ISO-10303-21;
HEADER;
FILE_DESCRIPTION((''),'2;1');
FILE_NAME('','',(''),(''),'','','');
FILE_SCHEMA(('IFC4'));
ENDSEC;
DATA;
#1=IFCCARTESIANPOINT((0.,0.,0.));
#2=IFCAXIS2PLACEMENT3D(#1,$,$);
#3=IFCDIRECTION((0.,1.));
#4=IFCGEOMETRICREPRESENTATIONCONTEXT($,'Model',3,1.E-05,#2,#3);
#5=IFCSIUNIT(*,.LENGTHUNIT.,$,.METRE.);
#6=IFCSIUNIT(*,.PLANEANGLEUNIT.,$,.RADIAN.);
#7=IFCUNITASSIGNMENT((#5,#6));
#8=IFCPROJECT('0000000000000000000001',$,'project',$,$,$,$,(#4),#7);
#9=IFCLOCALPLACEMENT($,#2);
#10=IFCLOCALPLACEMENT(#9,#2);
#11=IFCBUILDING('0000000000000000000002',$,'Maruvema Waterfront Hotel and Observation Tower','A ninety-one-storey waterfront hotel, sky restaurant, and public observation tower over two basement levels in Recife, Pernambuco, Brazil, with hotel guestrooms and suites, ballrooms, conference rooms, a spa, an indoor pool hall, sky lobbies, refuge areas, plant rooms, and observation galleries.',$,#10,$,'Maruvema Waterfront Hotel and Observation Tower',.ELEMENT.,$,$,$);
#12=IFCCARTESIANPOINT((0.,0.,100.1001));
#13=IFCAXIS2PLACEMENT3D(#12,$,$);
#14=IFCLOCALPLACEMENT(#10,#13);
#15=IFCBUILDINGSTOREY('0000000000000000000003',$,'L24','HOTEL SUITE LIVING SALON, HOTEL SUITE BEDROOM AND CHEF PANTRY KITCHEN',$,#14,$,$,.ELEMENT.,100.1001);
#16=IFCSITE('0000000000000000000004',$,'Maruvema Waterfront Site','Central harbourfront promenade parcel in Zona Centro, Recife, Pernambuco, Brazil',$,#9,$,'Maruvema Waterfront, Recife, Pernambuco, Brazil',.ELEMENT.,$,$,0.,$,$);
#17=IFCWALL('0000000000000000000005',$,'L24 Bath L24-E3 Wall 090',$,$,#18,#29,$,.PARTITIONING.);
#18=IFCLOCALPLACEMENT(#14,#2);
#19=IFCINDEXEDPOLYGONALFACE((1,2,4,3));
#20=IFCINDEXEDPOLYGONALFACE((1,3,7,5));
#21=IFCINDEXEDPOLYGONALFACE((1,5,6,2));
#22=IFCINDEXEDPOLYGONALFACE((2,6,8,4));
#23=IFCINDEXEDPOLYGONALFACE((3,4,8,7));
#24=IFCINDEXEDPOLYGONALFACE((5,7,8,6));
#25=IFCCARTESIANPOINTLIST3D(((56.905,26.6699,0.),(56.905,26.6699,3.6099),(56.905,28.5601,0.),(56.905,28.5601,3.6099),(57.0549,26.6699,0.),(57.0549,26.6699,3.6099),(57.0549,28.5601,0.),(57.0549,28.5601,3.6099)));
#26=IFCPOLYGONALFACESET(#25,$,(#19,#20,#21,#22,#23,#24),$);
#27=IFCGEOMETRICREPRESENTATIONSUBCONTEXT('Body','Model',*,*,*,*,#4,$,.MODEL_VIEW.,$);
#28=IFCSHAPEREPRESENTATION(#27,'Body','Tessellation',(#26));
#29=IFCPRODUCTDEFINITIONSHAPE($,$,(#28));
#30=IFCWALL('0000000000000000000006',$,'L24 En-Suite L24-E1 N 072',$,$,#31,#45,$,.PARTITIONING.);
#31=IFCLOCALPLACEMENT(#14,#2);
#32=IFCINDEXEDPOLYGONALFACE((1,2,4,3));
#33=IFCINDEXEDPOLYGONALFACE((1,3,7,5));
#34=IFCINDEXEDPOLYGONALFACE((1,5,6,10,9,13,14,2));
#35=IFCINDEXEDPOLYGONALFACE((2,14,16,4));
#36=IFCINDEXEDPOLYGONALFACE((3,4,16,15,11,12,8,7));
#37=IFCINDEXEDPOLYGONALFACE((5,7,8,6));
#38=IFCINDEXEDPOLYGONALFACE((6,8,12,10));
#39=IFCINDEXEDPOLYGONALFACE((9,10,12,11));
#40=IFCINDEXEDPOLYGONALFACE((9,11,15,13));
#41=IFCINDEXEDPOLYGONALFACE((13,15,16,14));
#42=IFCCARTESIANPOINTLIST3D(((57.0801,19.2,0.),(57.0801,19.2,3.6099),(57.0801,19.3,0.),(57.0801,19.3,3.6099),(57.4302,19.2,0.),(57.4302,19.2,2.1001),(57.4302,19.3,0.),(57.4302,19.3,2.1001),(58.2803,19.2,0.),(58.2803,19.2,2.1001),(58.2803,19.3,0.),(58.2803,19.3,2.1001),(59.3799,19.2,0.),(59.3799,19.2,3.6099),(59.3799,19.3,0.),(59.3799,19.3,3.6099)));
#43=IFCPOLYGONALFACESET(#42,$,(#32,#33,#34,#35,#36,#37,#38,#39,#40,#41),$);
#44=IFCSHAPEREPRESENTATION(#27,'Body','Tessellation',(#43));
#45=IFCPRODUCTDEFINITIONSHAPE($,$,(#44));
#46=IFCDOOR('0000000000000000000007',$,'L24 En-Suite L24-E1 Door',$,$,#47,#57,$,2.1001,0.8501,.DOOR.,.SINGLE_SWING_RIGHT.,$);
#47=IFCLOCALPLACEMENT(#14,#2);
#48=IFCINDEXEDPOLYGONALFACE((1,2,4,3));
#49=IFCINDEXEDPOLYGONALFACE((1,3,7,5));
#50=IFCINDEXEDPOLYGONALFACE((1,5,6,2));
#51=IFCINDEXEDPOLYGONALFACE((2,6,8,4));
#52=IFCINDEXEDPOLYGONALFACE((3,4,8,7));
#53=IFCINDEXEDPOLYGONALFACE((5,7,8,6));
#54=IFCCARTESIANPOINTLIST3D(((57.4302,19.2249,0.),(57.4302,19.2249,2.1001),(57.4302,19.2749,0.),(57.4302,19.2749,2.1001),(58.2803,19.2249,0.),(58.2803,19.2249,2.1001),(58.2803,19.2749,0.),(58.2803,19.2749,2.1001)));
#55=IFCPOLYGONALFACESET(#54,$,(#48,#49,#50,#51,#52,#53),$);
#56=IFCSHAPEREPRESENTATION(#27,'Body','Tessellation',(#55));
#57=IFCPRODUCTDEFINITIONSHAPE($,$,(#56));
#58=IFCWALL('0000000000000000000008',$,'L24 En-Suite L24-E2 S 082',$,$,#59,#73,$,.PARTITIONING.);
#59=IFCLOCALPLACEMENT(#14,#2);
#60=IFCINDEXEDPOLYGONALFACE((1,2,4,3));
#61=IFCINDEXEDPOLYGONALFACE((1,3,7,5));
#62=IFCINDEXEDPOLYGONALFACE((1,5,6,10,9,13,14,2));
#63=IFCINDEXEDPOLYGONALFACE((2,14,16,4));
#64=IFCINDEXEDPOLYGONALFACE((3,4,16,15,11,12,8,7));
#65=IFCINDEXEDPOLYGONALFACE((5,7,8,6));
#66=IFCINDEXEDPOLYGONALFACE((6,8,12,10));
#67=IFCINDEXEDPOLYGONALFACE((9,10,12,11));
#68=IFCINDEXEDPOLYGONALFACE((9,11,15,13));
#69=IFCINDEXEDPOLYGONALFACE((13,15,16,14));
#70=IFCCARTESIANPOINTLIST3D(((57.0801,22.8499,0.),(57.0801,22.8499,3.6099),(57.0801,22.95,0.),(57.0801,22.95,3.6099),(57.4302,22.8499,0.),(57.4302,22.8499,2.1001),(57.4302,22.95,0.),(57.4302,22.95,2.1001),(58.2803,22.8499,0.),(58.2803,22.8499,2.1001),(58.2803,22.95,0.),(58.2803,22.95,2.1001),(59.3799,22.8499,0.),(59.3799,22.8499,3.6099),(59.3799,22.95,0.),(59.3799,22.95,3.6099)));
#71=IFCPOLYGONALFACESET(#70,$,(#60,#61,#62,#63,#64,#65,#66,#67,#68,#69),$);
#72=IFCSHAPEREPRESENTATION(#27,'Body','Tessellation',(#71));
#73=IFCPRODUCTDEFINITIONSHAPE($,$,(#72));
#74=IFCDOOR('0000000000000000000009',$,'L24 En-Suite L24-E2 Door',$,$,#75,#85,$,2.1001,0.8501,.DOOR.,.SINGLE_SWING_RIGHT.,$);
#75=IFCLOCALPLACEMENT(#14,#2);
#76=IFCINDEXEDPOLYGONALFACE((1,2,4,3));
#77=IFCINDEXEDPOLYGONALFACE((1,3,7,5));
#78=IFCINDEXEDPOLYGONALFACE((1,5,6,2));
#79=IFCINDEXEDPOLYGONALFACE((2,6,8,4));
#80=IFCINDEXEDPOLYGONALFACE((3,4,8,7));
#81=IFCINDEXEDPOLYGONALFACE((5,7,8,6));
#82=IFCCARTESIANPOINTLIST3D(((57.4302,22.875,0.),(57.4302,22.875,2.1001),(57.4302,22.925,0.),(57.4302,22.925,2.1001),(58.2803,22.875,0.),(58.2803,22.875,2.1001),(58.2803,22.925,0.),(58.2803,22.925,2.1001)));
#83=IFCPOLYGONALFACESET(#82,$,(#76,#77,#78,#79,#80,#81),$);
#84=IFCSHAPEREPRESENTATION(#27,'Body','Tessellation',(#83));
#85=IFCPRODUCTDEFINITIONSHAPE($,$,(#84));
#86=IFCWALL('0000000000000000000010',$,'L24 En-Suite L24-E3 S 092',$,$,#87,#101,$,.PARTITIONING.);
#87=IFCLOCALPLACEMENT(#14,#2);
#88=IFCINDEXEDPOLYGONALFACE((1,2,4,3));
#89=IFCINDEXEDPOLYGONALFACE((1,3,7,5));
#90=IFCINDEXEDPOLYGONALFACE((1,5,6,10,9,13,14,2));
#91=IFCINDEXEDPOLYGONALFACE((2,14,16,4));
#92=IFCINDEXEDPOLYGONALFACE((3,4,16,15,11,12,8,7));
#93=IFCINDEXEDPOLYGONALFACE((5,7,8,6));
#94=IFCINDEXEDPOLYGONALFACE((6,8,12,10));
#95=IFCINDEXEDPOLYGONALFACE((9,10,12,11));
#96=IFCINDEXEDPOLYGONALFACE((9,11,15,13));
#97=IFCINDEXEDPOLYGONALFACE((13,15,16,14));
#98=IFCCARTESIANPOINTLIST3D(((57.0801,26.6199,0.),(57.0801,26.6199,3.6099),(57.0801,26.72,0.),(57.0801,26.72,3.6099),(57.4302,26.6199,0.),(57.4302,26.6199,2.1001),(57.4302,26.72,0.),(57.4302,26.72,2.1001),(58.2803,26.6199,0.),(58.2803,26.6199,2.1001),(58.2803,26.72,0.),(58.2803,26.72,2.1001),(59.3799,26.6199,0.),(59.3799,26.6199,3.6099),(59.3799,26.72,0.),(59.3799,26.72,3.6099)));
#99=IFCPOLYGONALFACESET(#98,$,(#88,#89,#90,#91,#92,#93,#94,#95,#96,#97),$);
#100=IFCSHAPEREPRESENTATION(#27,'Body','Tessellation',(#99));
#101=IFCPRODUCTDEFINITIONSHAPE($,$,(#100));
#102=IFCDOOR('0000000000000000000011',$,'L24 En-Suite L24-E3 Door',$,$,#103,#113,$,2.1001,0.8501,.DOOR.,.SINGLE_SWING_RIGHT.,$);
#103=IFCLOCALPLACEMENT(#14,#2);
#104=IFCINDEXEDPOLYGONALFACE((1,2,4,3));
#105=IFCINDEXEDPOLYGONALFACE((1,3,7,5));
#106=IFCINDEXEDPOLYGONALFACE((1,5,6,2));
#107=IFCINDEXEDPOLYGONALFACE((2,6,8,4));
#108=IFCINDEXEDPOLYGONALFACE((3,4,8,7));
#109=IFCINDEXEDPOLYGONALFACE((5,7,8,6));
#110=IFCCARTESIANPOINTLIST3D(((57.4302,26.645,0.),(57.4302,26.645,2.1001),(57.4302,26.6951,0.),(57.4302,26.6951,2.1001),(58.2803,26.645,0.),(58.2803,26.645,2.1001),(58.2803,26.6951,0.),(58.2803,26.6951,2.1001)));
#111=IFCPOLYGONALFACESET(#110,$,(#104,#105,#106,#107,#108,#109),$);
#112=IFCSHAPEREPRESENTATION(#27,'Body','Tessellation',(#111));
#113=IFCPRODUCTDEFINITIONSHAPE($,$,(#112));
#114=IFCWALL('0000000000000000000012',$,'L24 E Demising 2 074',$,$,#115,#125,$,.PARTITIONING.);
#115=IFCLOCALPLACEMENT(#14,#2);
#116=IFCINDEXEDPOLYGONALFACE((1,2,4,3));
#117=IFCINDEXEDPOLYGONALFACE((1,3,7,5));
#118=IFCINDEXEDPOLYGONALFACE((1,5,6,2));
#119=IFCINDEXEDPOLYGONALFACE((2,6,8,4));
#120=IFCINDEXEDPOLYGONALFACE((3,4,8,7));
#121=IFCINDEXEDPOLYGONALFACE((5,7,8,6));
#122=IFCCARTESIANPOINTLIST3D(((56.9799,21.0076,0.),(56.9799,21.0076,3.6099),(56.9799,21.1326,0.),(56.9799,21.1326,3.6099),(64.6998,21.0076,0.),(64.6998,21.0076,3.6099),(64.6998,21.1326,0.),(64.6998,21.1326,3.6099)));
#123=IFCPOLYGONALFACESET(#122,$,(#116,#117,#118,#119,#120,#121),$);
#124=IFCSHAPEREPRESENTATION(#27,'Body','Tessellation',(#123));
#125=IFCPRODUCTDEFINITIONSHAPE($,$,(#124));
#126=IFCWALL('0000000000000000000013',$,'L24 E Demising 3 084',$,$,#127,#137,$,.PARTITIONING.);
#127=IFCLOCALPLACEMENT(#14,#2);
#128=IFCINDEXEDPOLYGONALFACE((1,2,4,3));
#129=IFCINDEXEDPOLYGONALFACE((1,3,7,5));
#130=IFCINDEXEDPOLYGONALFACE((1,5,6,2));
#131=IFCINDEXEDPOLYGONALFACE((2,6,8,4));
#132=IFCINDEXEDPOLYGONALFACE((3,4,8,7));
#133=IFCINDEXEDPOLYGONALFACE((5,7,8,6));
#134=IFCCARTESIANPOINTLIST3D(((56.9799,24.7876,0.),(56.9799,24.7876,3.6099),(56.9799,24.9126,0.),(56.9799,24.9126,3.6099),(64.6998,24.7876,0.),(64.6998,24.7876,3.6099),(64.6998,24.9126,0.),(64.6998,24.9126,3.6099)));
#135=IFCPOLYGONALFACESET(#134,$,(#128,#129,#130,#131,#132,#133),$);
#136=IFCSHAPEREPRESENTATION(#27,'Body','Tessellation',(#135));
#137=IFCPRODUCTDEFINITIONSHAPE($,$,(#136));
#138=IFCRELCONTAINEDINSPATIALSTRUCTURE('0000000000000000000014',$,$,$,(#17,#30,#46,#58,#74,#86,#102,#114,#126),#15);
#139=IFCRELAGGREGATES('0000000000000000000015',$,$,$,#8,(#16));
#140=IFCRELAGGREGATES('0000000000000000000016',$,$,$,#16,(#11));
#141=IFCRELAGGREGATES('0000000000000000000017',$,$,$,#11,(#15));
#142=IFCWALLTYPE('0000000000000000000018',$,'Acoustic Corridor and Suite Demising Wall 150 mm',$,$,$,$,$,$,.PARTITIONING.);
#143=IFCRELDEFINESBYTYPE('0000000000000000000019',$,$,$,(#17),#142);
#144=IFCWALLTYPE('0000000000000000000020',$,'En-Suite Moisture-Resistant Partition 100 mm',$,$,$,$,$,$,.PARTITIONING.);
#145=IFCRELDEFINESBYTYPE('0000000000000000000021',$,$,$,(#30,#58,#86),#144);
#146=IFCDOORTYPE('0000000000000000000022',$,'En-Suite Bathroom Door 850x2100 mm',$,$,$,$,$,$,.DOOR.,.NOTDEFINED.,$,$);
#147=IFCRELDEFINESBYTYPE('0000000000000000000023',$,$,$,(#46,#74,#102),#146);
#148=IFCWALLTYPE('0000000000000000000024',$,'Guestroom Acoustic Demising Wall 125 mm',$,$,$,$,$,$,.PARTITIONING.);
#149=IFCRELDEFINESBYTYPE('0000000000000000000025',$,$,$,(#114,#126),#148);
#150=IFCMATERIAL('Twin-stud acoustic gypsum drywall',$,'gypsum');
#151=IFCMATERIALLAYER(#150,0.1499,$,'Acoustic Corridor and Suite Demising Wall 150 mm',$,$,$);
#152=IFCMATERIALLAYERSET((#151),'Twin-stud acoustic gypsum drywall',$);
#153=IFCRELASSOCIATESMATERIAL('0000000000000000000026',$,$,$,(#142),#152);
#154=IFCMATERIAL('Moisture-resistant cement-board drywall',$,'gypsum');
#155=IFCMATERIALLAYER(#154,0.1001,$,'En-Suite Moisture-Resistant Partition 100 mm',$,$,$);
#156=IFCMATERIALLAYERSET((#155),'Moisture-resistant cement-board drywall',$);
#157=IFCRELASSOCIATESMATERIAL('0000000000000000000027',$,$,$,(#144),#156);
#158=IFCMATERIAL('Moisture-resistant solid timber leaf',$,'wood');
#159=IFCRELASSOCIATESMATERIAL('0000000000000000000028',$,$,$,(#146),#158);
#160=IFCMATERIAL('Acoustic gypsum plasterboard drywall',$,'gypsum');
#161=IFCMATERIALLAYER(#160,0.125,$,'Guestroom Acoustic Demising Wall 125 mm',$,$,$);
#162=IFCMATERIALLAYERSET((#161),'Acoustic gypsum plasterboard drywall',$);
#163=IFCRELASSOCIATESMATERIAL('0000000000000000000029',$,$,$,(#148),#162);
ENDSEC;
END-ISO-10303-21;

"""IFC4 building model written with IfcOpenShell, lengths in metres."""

from ifc_helpers import new_model, si_unit, direction, frame, frame_2d, origin, place, context, subcontext, project, spatial, rectangle, extrude, material, layer, layer_set, type_object, element, fill, save


model = new_model("IFC4")

# Units and contexts
model_context = context("Model", 3, precision=1e-05, world=origin(), true_north=direction((0.0, 1.0)))
body_context = subcontext(model_context, "Body", "Model", "MODEL_VIEW")
ifc_project = project(units=[si_unit("LENGTHUNIT", "METRE"), si_unit("PLANEANGLEUNIT", "RADIAN")], contexts=[model_context])

# Site, building, storey
site_placement = place(None, origin())
site = spatial("IfcSite", under=ifc_project, at=site_placement, Name="Maruvema Waterfront Site", Description="Central harbourfront promenade parcel in Zona Centro, Recife, Pernambuco, Brazil", LongName="Maruvema Waterfront, Recife, Pernambuco, Brazil", CompositionType="ELEMENT", RefElevation=0.0)
building_placement = place(site_placement, origin())
building = spatial("IfcBuilding", under=site, at=building_placement, Name="Maruvema Waterfront Hotel and Observation Tower", Description="A ninety-one-storey waterfront hotel, sky restaurant, and public observation tower over two basement levels in Recife, Pernambuco, Brazil, with hotel guestrooms and suites, ballrooms, conference rooms, a spa, an indoor pool hall, sky lobbies, refuge areas, plant rooms, and observation galleries.", LongName="Maruvema Waterfront Hotel and Observation Tower", CompositionType="ELEMENT")
storey_placement = place(building_placement, frame((0.0, 0.0, 100.1001)))
storey = spatial("IfcBuildingStorey", under=building, at=storey_placement, Name="L24", Description="HOTEL SUITE LIVING SALON, HOTEL SUITE BEDROOM AND CHEF PANTRY KITCHEN", CompositionType="ELEMENT", Elevation=100.1001)

# Shared definitions
ifc_material_1 = material(Name="Twin-stud acoustic gypsum drywall", Category="gypsum")
ifc_layer_1 = layer(ifc_material_1, 0.1499, Name="Acoustic Corridor and Suite Demising Wall 150 mm")
ifc_layer_set_1 = layer_set([ifc_layer_1], Name="Twin-stud acoustic gypsum drywall")
wall_type_1 = type_object("IfcWallType", Name="Acoustic Corridor and Suite Demising Wall 150 mm", PredefinedType="PARTITIONING", material=ifc_layer_set_1)

# Wall
wall_1_placement = place(storey_placement, frame((56.98, 26.6699, 0.0), z_axis=(0.0, 0.0, 1.0), x_axis=(0.0, 1.0, 0.0)))
element("IfcWall", 1, at=wall_1_placement, inside=storey, type_object=wall_type_1, Name="L24 Bath L24-E3 Wall 090", PredefinedType="PARTITIONING", context=body_context, shape_type="SweptSolid", body=[
    extrude(rectangle(XDim=1.8901, YDim=0.1499, at=frame_2d((0.9451, 0.0))), origin(), (0.0, 0.0, 1.0), 3.6099),
])

# Walls, openings, doors
ifc_material_2 = material(Name="Moisture-resistant cement-board drywall", Category="gypsum")
ifc_layer_2 = layer(ifc_material_2, 0.1001, Name="En-Suite Moisture-Resistant Partition 100 mm")
ifc_layer_set_2 = layer_set([ifc_layer_2], Name="Moisture-resistant cement-board drywall")
wall_type_2 = type_object("IfcWallType", Name="En-Suite Moisture-Resistant Partition 100 mm", PredefinedType="PARTITIONING", material=ifc_layer_set_2)
wall_2_placement = place(storey_placement, frame((57.0801, 19.25, 0.0), z_axis=(0.0, 0.0, 1.0), x_axis=(1.0, 0.0, 0.0)))
wall_2 = element("IfcWall", 2, at=wall_2_placement, inside=storey, type_object=wall_type_2, Name="L24 En-Suite L24-E1 N 072", PredefinedType="PARTITIONING", context=body_context, shape_type="SweptSolid", body=[
    extrude(rectangle(XDim=2.2998, YDim=0.1001, at=frame_2d((1.1499, 0.0))), origin(), (0.0, 0.0, 1.0), 3.6099),
])
opening_1_placement = place(wall_2_placement, frame((0.3501, 0.0, 0.0)))
opening_1 = element("IfcOpeningElement", 3, at=opening_1_placement, cuts=wall_2, PredefinedType="OPENING", context=body_context, shape_type="SweptSolid", body=[
    extrude(rectangle(XDim=0.8501, YDim=2.1001, at=frame_2d((0.425, 1.05))), frame((0.0, 0.0601, 0.0), z_axis=(0.0, -1.0, 0.0), x_axis=(1.0, 0.0, 0.0)), (0.0, 0.0, 1.0), 0.1201),
])
ifc_material_3 = material(Name="Moisture-resistant solid timber leaf", Category="wood")
door_type_1 = type_object("IfcDoorType", Name="En-Suite Bathroom Door 850x2100 mm", OperationType="NOTDEFINED", PredefinedType="DOOR", material=ifc_material_3)
door_1_placement = place(opening_1_placement, origin())
door_1 = element("IfcDoor", 4, at=door_1_placement, inside=storey, type_object=door_type_1, Name="L24 En-Suite L24-E1 Door", OperationType="SINGLE_SWING_RIGHT", OverallHeight=2.1001, OverallWidth=0.8501, PredefinedType="DOOR", context=body_context, shape_type="SweptSolid", body=[
    extrude(rectangle(XDim=0.8501, YDim=2.1001, at=frame_2d((0.425, 1.05))), frame((0.0, 0.0249, 0.0), z_axis=(0.0, -1.0, 0.0), x_axis=(1.0, 0.0, 0.0)), (0.0, 0.0, 1.0), 0.05),
])
fill(opening_1, door_1)
wall_3_placement = place(storey_placement, frame((57.0801, 22.8999, 0.0), z_axis=(0.0, 0.0, 1.0), x_axis=(1.0, 0.0, 0.0)))
wall_3 = element("IfcWall", 5, at=wall_3_placement, inside=storey, type_object=wall_type_2, Name="L24 En-Suite L24-E2 S 082", PredefinedType="PARTITIONING", context=body_context, shape_type="SweptSolid", body=[
    extrude(rectangle(XDim=2.2998, YDim=0.1001, at=frame_2d((1.1499, 0.0))), origin(), (0.0, 0.0, 1.0), 3.6099),
])
opening_2_placement = place(wall_3_placement, frame((0.3501, 0.0, 0.0)))
opening_2 = element("IfcOpeningElement", 6, at=opening_2_placement, cuts=wall_3, PredefinedType="OPENING", context=body_context, shape_type="SweptSolid", body=[
    extrude(rectangle(XDim=0.8501, YDim=2.1001, at=frame_2d((0.425, 1.05))), frame((0.0, 0.0601, 0.0), z_axis=(0.0, -1.0, 0.0), x_axis=(1.0, 0.0, 0.0)), (0.0, 0.0, 1.0), 0.1201),
])
door_2_placement = place(opening_2_placement, frame((0.8501, 0.0, 0.0), z_axis=(0.0, 0.0, 1.0), x_axis=(-1.0, 0.0, 0.0)))
door_2 = element("IfcDoor", 7, at=door_2_placement, inside=storey, type_object=door_type_1, Name="L24 En-Suite L24-E2 Door", OperationType="SINGLE_SWING_RIGHT", OverallHeight=2.1001, OverallWidth=0.8501, PredefinedType="DOOR", context=body_context, shape_type="SweptSolid", body=[
    extrude(rectangle(XDim=0.8501, YDim=2.1001, at=frame_2d((0.425, 1.05))), frame((0.0, 0.0249, 0.0), z_axis=(0.0, -1.0, 0.0), x_axis=(1.0, 0.0, 0.0)), (0.0, 0.0, 1.0), 0.05),
])
fill(opening_2, door_2)
wall_4_placement = place(storey_placement, frame((57.0801, 26.6699, 0.0), z_axis=(0.0, 0.0, 1.0), x_axis=(1.0, 0.0, 0.0)))
wall_4 = element("IfcWall", 8, at=wall_4_placement, inside=storey, type_object=wall_type_2, Name="L24 En-Suite L24-E3 S 092", PredefinedType="PARTITIONING", context=body_context, shape_type="SweptSolid", body=[
    extrude(rectangle(XDim=2.2998, YDim=0.1001, at=frame_2d((1.1499, 0.0))), origin(), (0.0, 0.0, 1.0), 3.6099),
])
opening_3_placement = place(wall_4_placement, frame((0.3501, 0.0, 0.0)))
opening_3 = element("IfcOpeningElement", 9, at=opening_3_placement, cuts=wall_4, PredefinedType="OPENING", context=body_context, shape_type="SweptSolid", body=[
    extrude(rectangle(XDim=0.8501, YDim=2.1001, at=frame_2d((0.425, 1.05))), frame((0.0, 0.0601, 0.0), z_axis=(0.0, -1.0, 0.0), x_axis=(1.0, 0.0, 0.0)), (0.0, 0.0, 1.0), 0.1201),
])
door_3_placement = place(opening_3_placement, frame((0.8501, 0.0, 0.0), z_axis=(0.0, 0.0, 1.0), x_axis=(-1.0, 0.0, 0.0)))
door_3 = element("IfcDoor", 10, at=door_3_placement, inside=storey, type_object=door_type_1, Name="L24 En-Suite L24-E3 Door", OperationType="SINGLE_SWING_RIGHT", OverallHeight=2.1001, OverallWidth=0.8501, PredefinedType="DOOR", context=body_context, shape_type="SweptSolid", body=[
    extrude(rectangle(XDim=0.8501, YDim=2.1001, at=frame_2d((0.425, 1.05))), frame((0.0, 0.0249, 0.0), z_axis=(0.0, -1.0, 0.0), x_axis=(1.0, 0.0, 0.0)), (0.0, 0.0, 1.0), 0.05),
])
fill(opening_3, door_3)

# Walls
ifc_material_4 = material(Name="Acoustic gypsum plasterboard drywall", Category="gypsum")
ifc_layer_3 = layer(ifc_material_4, 0.125, Name="Guestroom Acoustic Demising Wall 125 mm")
ifc_layer_set_3 = layer_set([ifc_layer_3], Name="Acoustic gypsum plasterboard drywall")
wall_type_3 = type_object("IfcWallType", Name="Guestroom Acoustic Demising Wall 125 mm", PredefinedType="PARTITIONING", material=ifc_layer_set_3)
for number, where, z_axis, x_axis, name in (
    (11, (56.98, 21.0701, 0.0), (0.0, 0.0, 1.0), (1.0, 0.0, 0.0), "L24 E Demising 2 074"),
    (12, (56.98, 24.8501, 0.0), (0.0, 0.0, 1.0), (1.0, 0.0, 0.0), "L24 E Demising 3 084"),
):
    element("IfcWall", number, at=place(storey_placement, frame(where, z_axis=z_axis, x_axis=x_axis)), inside=storey, type_object=wall_type_3, Name=name, PredefinedType="PARTITIONING", context=body_context, shape_type="SweptSolid", body=[
        extrude(rectangle(XDim=7.72, YDim=0.125, at=frame_2d((3.8599, 0.0))), origin(), (0.0, 0.0, 1.0), 3.6099),
    ])

save(model, "model.ifc")
